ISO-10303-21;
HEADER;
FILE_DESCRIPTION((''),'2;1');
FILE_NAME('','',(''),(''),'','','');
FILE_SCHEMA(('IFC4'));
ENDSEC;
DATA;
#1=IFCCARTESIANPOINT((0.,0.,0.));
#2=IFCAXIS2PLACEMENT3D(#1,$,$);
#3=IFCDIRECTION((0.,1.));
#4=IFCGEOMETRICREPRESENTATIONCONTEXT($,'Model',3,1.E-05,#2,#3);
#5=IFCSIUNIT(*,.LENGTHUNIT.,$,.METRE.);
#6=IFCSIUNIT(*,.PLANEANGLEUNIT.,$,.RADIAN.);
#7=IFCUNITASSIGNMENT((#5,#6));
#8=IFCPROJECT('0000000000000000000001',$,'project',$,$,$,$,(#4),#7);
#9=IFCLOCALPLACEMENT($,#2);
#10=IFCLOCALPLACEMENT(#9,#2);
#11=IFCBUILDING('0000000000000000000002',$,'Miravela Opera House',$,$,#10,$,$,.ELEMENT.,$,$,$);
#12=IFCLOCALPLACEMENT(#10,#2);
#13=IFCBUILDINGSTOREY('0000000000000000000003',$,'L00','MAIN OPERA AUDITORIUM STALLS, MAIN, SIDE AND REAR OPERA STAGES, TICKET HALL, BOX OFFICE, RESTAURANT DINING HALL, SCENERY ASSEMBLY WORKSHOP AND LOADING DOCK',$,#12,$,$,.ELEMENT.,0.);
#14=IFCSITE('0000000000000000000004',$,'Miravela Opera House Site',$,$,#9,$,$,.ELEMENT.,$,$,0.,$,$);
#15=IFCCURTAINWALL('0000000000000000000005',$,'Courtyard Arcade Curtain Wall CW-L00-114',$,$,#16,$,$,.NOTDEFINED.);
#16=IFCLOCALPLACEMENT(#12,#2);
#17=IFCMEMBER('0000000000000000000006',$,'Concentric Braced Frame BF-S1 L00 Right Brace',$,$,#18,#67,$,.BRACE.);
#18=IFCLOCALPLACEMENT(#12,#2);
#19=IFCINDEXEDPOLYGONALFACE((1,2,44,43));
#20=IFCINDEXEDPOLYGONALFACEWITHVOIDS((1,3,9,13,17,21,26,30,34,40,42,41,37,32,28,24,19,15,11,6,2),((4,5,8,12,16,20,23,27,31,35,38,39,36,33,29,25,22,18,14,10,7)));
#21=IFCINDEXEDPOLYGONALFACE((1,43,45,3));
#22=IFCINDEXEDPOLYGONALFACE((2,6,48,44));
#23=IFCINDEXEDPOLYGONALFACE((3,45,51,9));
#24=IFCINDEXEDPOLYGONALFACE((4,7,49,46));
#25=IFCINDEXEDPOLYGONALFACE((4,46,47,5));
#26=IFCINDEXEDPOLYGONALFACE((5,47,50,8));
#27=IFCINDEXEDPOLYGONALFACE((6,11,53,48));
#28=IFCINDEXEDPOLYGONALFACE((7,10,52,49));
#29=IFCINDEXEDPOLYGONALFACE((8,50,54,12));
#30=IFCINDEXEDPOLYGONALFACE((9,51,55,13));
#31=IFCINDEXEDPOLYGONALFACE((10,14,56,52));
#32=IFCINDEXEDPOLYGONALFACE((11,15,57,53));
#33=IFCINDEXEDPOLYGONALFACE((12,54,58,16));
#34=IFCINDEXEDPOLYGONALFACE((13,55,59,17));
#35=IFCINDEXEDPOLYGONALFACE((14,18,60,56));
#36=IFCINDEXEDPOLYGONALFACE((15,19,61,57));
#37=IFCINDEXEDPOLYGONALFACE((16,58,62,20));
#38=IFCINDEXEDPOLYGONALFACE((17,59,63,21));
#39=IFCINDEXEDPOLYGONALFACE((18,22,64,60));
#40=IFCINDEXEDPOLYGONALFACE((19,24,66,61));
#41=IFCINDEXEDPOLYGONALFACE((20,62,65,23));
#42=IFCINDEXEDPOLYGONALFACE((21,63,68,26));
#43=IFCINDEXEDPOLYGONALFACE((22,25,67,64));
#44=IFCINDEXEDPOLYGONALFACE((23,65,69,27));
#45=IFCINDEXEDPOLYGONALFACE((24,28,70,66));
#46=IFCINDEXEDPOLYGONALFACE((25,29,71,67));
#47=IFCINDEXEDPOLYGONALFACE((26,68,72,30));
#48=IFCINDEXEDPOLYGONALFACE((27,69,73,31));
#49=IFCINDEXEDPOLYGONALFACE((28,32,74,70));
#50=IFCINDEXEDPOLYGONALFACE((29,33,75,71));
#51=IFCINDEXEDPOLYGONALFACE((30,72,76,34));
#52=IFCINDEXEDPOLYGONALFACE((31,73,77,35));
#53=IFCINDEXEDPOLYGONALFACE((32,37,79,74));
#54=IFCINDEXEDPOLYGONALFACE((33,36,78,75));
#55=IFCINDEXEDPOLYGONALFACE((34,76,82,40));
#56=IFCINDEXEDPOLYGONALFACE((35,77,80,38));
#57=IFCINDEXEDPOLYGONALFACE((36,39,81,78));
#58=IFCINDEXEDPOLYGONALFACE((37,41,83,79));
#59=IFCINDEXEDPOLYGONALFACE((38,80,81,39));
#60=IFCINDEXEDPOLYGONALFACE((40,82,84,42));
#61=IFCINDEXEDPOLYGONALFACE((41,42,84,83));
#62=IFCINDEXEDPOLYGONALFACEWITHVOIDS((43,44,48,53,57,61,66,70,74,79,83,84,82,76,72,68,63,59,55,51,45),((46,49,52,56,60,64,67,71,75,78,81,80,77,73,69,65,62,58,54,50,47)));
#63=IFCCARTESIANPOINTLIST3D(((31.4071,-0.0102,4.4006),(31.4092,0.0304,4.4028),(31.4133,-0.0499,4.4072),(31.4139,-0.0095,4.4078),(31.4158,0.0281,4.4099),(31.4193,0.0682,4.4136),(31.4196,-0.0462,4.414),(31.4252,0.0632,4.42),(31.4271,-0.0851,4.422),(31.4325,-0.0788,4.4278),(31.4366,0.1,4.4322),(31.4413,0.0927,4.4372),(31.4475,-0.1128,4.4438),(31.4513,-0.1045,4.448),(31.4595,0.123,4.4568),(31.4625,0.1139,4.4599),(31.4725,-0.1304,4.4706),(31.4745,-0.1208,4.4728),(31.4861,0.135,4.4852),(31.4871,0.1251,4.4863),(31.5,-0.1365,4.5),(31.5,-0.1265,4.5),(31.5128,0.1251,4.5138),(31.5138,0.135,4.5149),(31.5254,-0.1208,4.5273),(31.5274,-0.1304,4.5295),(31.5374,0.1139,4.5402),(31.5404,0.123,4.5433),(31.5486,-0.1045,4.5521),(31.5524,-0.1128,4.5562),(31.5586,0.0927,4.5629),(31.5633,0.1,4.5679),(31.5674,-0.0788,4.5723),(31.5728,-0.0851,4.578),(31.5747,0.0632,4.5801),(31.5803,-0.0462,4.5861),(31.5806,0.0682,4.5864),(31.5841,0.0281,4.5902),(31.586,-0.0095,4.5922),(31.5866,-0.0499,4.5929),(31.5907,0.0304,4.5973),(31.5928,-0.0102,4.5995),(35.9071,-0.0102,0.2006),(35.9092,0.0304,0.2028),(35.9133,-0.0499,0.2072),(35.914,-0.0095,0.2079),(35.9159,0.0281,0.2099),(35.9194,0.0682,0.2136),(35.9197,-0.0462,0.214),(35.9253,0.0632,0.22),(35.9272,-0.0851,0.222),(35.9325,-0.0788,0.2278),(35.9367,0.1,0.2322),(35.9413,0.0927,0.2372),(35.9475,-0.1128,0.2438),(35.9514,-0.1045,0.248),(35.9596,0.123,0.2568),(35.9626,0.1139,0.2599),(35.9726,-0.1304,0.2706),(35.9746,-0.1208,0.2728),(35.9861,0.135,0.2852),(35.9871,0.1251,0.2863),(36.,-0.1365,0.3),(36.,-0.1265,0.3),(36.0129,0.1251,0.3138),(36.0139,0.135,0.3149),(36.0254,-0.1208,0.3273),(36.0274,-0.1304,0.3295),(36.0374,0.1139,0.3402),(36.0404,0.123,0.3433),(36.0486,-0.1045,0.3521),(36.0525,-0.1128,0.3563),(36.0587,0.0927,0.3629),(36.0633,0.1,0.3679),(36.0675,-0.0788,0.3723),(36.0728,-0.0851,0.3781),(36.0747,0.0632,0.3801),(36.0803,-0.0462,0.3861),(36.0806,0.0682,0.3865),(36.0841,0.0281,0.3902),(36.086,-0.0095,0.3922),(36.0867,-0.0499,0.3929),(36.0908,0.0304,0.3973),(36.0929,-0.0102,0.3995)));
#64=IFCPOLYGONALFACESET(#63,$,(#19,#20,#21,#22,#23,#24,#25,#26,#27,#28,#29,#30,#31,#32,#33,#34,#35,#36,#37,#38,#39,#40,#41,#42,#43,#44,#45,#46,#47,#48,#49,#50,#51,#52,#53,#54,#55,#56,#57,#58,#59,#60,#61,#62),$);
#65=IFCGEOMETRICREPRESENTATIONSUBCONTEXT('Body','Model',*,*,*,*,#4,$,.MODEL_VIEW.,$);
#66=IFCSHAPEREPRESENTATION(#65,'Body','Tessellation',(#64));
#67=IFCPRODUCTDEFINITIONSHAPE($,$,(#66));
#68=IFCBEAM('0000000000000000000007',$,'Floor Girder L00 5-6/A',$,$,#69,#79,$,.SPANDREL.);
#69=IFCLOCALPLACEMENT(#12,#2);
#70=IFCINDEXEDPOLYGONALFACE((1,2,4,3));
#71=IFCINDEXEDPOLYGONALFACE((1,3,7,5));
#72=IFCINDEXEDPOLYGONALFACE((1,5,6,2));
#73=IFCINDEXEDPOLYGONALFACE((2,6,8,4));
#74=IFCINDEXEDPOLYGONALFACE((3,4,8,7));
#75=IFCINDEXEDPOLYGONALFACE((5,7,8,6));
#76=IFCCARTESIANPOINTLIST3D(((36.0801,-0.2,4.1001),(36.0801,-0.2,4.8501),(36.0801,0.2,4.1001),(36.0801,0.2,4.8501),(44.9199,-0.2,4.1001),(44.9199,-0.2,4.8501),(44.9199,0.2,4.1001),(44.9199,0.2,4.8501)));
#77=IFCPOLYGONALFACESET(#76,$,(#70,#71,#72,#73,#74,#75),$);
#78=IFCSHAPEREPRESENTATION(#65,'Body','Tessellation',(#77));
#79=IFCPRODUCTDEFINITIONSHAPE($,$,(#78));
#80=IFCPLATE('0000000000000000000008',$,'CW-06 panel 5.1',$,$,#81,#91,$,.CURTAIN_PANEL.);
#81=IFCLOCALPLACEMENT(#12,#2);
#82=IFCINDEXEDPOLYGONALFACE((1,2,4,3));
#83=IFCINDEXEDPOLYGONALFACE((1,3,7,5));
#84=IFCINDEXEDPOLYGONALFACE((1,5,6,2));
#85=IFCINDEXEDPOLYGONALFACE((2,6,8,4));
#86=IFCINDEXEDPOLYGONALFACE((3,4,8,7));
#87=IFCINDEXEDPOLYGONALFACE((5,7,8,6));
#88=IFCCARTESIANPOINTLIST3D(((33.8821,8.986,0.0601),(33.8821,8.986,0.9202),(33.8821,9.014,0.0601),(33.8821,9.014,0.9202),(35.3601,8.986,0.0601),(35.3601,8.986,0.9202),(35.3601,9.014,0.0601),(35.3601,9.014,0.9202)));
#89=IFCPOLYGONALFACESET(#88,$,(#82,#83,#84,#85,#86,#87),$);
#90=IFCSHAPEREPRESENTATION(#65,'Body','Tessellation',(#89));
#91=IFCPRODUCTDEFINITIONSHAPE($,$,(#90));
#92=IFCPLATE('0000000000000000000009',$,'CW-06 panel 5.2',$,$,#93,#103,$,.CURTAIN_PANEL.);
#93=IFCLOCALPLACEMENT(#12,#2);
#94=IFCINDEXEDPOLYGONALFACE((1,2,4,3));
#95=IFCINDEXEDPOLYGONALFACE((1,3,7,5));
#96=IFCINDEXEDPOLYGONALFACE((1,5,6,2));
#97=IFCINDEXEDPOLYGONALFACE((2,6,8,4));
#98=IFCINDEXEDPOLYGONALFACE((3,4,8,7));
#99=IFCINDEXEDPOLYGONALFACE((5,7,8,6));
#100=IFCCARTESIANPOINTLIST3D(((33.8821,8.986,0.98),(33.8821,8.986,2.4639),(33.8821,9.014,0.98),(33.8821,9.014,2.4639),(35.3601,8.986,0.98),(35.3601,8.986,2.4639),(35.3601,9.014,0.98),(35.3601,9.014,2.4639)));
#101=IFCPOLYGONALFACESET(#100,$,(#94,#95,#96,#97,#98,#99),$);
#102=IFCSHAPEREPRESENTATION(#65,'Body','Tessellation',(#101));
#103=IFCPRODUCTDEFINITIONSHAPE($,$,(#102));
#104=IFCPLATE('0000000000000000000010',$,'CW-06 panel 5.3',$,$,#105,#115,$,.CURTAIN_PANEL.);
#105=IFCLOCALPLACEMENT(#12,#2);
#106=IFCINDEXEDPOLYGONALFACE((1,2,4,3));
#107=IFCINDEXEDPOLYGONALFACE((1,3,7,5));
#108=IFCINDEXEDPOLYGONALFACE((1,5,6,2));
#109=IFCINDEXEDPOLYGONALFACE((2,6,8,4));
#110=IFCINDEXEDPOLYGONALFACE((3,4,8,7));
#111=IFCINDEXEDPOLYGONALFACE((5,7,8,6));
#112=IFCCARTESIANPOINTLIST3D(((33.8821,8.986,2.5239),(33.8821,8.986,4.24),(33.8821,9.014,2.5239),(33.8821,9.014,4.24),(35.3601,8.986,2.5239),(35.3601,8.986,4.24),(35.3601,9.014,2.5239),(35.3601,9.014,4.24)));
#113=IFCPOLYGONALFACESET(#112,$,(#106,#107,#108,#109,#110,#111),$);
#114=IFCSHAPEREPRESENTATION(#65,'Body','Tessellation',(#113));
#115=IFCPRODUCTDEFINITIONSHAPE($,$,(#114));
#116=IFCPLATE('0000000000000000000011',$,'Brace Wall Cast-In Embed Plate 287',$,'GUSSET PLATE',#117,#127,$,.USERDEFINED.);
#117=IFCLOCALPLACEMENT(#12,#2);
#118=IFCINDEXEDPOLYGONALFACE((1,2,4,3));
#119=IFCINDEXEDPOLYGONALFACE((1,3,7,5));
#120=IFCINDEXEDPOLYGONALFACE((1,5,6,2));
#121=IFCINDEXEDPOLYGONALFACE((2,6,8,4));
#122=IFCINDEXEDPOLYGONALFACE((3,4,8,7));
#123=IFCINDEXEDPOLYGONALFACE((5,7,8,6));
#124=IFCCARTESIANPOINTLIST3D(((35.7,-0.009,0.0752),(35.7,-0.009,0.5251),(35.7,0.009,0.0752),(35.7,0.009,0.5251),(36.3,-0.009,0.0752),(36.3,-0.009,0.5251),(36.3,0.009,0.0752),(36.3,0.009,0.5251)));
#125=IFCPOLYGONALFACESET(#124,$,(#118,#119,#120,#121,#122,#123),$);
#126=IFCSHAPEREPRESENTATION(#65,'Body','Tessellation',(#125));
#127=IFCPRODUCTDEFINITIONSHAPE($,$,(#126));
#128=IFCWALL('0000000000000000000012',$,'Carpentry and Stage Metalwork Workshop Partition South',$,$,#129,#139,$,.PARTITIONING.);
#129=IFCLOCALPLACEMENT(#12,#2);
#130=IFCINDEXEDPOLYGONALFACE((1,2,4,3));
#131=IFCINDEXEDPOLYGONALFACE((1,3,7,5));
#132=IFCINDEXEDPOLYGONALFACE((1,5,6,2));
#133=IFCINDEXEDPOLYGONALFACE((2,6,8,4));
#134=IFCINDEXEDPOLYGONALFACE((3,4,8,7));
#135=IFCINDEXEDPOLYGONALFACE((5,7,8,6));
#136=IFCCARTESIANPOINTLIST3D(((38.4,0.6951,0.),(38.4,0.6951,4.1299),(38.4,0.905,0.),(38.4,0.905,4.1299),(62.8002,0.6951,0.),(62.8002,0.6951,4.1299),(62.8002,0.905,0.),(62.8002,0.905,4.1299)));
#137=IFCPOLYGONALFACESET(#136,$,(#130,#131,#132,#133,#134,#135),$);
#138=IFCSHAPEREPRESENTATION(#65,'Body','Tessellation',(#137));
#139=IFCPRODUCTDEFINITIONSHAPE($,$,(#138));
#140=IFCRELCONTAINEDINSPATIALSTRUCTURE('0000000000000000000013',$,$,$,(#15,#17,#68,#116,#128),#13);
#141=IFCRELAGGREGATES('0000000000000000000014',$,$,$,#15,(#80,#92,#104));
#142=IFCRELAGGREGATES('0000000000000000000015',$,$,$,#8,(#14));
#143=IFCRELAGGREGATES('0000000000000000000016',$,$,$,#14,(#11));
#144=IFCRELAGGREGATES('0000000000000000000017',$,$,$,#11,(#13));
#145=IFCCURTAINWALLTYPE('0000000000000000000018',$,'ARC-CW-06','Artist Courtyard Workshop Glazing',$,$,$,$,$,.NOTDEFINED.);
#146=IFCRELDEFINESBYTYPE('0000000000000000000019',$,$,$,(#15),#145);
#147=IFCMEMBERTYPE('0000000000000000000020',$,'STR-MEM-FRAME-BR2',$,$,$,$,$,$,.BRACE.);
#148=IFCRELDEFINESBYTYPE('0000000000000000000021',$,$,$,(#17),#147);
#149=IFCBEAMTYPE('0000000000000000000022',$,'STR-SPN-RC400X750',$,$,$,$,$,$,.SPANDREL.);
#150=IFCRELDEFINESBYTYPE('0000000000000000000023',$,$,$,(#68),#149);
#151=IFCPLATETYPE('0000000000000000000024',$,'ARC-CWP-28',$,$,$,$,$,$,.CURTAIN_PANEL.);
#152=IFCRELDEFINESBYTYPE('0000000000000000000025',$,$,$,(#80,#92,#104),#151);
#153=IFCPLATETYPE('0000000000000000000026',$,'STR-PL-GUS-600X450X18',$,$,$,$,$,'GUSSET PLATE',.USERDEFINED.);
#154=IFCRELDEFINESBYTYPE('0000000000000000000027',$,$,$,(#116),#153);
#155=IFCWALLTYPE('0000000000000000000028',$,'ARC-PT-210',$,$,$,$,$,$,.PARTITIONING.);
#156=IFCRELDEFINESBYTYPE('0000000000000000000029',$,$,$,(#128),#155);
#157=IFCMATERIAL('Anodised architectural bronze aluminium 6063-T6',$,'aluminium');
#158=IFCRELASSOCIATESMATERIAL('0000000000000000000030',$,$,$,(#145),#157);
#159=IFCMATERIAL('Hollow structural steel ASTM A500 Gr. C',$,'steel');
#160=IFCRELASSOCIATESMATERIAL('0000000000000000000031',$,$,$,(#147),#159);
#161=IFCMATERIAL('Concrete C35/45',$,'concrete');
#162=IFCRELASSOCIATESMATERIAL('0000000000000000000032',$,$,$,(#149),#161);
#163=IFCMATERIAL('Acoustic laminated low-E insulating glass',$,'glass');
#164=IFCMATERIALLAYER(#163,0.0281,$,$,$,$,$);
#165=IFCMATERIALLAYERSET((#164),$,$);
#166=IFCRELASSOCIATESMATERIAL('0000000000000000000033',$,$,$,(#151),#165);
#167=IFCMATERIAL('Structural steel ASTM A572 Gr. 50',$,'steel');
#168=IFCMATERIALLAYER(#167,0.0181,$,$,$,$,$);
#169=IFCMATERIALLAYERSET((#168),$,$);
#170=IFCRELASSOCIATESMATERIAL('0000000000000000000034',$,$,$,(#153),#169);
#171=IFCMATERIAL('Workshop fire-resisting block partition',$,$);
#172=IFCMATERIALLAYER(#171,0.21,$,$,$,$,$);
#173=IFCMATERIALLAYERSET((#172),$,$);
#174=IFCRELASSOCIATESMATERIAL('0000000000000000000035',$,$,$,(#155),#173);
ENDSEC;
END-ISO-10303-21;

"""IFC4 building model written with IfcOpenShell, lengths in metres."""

from ifc_helpers import new_model, si_unit, direction, frame, frame_2d, origin, origin_2d, place, context, subcontext, project, spatial, rectangle, hollow_circle, extrude, material, layer, layer_set, material_profile, profile_set, type_object, element, aggregate, save


model = new_model("IFC4")

# Units and contexts
model_context = context("Model", 3, precision=1e-05, world=origin(), true_north=direction((0.0, 1.0)))
body_context = subcontext(model_context, "Body", "Model", "MODEL_VIEW")
ifc_project = project(units=[si_unit("LENGTHUNIT", "METRE"), si_unit("PLANEANGLEUNIT", "RADIAN")], contexts=[model_context])

# Site, building, storey
site_placement = place(None, origin())
site = spatial("IfcSite", under=ifc_project, at=site_placement, Name="Miravela Opera House Site", CompositionType="ELEMENT", RefElevation=0.0)
building_placement = place(site_placement, origin())
building = spatial("IfcBuilding", under=site, at=building_placement, Name="Miravela Opera House", CompositionType="ELEMENT")
storey_placement = place(building_placement, origin())
storey = spatial("IfcBuildingStorey", under=building, at=storey_placement, Name="L00", Description="MAIN OPERA AUDITORIUM STALLS, MAIN, SIDE AND REAR OPERA STAGES, TICKET HALL, BOX OFFICE, RESTAURANT DINING HALL, SCENERY ASSEMBLY WORKSHOP AND LOADING DOCK", CompositionType="ELEMENT", Elevation=0.0)

# Shared definitions
ifc_material_1 = material(Name="Hollow structural steel ASTM A500 Gr. C", Category="steel")
ifc_material_2 = material(Name="Concrete C35/45", Category="concrete")

# Curtain wall
ifc_material_3 = material(Name="Anodised architectural bronze aluminium 6063-T6", Category="aluminium")
curtain_wall_type = type_object("IfcCurtainWallType", Name="ARC-CW-06", Description="Artist Courtyard Workshop Glazing", PredefinedType="NOTDEFINED", material=ifc_material_3)
curtain_wall_placement = place(storey_placement, origin())
curtain_wall = element("IfcCurtainWall", 1, at=curtain_wall_placement, inside=storey, type_object=curtain_wall_type, Name="Courtyard Arcade Curtain Wall CW-L00-114", PredefinedType="NOTDEFINED")

# Member
ifc_material_profile_1 = material_profile(ifc_material_1, hollow_circle(Radius=0.1365, WallThickness=0.01, at=origin_2d()), Name="CHS273X10")
ifc_profile_set_1 = profile_set([ifc_material_profile_1])
member_type_1 = type_object("IfcMemberType", Name="STR-MEM-FRAME-BR2", PredefinedType="BRACE", material=ifc_profile_set_1)
member_1_placement = place(storey_placement, frame((36.0, 0.0, 0.3), z_axis=(-0.731059, 0.0, 0.682314), x_axis=(0.0, -1.0, 0.0)))
element("IfcMember", 2, at=member_1_placement, inside=storey, type_object=member_type_1, Name="Concentric Braced Frame BF-S1 L00 Right Brace", PredefinedType="BRACE", context=body_context, shape_type="SweptSolid", body=[
    extrude(hollow_circle(Radius=0.1365, WallThickness=0.01, at=origin_2d()), origin(), (0.0, 0.0, 1.0), 6.1555),
])

# Beam
ifc_material_profile_2 = material_profile(ifc_material_2, rectangle(XDim=0.3999, YDim=0.75, at=origin_2d()), Name="RC-SPN-400X750")
ifc_profile_set_2 = profile_set([ifc_material_profile_2])
beam_type_1 = type_object("IfcBeamType", Name="STR-SPN-RC400X750", PredefinedType="SPANDREL", material=ifc_profile_set_2)
beam_1_placement = place(storey_placement, frame((36.0801, 0.0, 4.4751), z_axis=(1.0, 0.0, 0.0), x_axis=(0.0, 1.0, 0.0)))
element("IfcBeam", 3, at=beam_1_placement, inside=storey, type_object=beam_type_1, Name="Floor Girder L00 5-6/A", PredefinedType="SPANDREL", context=body_context, shape_type="SweptSolid", body=[
    extrude(rectangle(XDim=0.3999, YDim=0.75, at=origin_2d()), origin(), (0.0, 0.0, 1.0), 8.8398),
])

# Plates
ifc_material_4 = material(Name="Acoustic laminated low-E insulating glass", Category="glass")
ifc_layer_1 = layer(ifc_material_4, 0.0281)
ifc_layer_set_1 = layer_set([ifc_layer_1])
plate_type_1 = type_object("IfcPlateType", Name="ARC-CWP-28", PredefinedType="CURTAIN_PANEL", material=ifc_layer_set_1)
plate_1_placement = place(storey_placement, frame((34.6211, 9.0, 0.0601), z_axis=(0.0, 0.0, 1.0), x_axis=(1.0, 0.0, 0.0)))
plate_1 = element("IfcPlate", 4, at=plate_1_placement, type_object=plate_type_1, Name="CW-06 panel 5.1", PredefinedType="CURTAIN_PANEL", context=body_context, shape_type="SweptSolid", body=[
    extrude(rectangle(XDim=1.478, YDim=0.0281, at=origin_2d()), origin(), (0.0, 0.0, 1.0), 0.8601),
])
plate_2_placement = place(storey_placement, frame((34.6211, 9.0, 0.98), z_axis=(0.0, 0.0, 1.0), x_axis=(1.0, 0.0, 0.0)))
plate_2 = element("IfcPlate", 5, at=plate_2_placement, type_object=plate_type_1, Name="CW-06 panel 5.2", PredefinedType="CURTAIN_PANEL", context=body_context, shape_type="SweptSolid", body=[
    extrude(rectangle(XDim=1.478, YDim=0.0281, at=origin_2d()), origin(), (0.0, 0.0, 1.0), 1.4839),
])
plate_3_placement = place(storey_placement, frame((34.6211, 9.0, 2.5239), z_axis=(0.0, 0.0, 1.0), x_axis=(1.0, 0.0, 0.0)))
plate_3 = element("IfcPlate", 6, at=plate_3_placement, type_object=plate_type_1, Name="CW-06 panel 5.3", PredefinedType="CURTAIN_PANEL", context=body_context, shape_type="SweptSolid", body=[
    extrude(rectangle(XDim=1.478, YDim=0.0281, at=origin_2d()), origin(), (0.0, 0.0, 1.0), 1.7161),
])
aggregate(curtain_wall, [plate_1, plate_2, plate_3])
ifc_material_5 = material(Name="Structural steel ASTM A572 Gr. 50", Category="steel")
ifc_layer_2 = layer(ifc_material_5, 0.0181)
ifc_layer_set_2 = layer_set([ifc_layer_2])
plate_type_2 = type_object("IfcPlateType", Name="STR-PL-GUS-600X450X18", ElementType="GUSSET PLATE", PredefinedType="USERDEFINED", material=ifc_layer_set_2)
plate_4_placement = place(storey_placement, frame((36.0, 0.0, 0.0752), z_axis=(0.0, 0.0, 1.0), x_axis=(1.0, 0.0, 0.0)))
element("IfcPlate", 7, at=plate_4_placement, inside=storey, type_object=plate_type_2, Name="Brace Wall Cast-In Embed Plate 287", ObjectType="GUSSET PLATE", PredefinedType="USERDEFINED", context=body_context, shape_type="SweptSolid", body=[
    extrude(rectangle(XDim=0.6001, YDim=0.0181, at=origin_2d()), origin(), (0.0, 0.0, 1.0), 0.45),
])

# Wall
ifc_material_6 = material(Name="Workshop fire-resisting block partition")
ifc_layer_3 = layer(ifc_material_6, 0.21)
ifc_layer_set_3 = layer_set([ifc_layer_3])
wall_type_1 = type_object("IfcWallType", Name="ARC-PT-210", PredefinedType="PARTITIONING", material=ifc_layer_set_3)
wall_1_placement = place(storey_placement, frame((38.3999, 0.8, 0.0), z_axis=(0.0, 0.0, 1.0), x_axis=(1.0, 0.0, 0.0)))
element("IfcWall", 8, at=wall_1_placement, inside=storey, type_object=wall_type_1, Name="Carpentry and Stage Metalwork Workshop Partition South", PredefinedType="PARTITIONING", context=body_context, shape_type="SweptSolid", body=[
    extrude(rectangle(XDim=24.4001, YDim=0.21, at=frame_2d((12.2002, 0.0))), origin(), (0.0, 0.0, 1.0), 4.1299),
])

save(model, "model.ifc")
